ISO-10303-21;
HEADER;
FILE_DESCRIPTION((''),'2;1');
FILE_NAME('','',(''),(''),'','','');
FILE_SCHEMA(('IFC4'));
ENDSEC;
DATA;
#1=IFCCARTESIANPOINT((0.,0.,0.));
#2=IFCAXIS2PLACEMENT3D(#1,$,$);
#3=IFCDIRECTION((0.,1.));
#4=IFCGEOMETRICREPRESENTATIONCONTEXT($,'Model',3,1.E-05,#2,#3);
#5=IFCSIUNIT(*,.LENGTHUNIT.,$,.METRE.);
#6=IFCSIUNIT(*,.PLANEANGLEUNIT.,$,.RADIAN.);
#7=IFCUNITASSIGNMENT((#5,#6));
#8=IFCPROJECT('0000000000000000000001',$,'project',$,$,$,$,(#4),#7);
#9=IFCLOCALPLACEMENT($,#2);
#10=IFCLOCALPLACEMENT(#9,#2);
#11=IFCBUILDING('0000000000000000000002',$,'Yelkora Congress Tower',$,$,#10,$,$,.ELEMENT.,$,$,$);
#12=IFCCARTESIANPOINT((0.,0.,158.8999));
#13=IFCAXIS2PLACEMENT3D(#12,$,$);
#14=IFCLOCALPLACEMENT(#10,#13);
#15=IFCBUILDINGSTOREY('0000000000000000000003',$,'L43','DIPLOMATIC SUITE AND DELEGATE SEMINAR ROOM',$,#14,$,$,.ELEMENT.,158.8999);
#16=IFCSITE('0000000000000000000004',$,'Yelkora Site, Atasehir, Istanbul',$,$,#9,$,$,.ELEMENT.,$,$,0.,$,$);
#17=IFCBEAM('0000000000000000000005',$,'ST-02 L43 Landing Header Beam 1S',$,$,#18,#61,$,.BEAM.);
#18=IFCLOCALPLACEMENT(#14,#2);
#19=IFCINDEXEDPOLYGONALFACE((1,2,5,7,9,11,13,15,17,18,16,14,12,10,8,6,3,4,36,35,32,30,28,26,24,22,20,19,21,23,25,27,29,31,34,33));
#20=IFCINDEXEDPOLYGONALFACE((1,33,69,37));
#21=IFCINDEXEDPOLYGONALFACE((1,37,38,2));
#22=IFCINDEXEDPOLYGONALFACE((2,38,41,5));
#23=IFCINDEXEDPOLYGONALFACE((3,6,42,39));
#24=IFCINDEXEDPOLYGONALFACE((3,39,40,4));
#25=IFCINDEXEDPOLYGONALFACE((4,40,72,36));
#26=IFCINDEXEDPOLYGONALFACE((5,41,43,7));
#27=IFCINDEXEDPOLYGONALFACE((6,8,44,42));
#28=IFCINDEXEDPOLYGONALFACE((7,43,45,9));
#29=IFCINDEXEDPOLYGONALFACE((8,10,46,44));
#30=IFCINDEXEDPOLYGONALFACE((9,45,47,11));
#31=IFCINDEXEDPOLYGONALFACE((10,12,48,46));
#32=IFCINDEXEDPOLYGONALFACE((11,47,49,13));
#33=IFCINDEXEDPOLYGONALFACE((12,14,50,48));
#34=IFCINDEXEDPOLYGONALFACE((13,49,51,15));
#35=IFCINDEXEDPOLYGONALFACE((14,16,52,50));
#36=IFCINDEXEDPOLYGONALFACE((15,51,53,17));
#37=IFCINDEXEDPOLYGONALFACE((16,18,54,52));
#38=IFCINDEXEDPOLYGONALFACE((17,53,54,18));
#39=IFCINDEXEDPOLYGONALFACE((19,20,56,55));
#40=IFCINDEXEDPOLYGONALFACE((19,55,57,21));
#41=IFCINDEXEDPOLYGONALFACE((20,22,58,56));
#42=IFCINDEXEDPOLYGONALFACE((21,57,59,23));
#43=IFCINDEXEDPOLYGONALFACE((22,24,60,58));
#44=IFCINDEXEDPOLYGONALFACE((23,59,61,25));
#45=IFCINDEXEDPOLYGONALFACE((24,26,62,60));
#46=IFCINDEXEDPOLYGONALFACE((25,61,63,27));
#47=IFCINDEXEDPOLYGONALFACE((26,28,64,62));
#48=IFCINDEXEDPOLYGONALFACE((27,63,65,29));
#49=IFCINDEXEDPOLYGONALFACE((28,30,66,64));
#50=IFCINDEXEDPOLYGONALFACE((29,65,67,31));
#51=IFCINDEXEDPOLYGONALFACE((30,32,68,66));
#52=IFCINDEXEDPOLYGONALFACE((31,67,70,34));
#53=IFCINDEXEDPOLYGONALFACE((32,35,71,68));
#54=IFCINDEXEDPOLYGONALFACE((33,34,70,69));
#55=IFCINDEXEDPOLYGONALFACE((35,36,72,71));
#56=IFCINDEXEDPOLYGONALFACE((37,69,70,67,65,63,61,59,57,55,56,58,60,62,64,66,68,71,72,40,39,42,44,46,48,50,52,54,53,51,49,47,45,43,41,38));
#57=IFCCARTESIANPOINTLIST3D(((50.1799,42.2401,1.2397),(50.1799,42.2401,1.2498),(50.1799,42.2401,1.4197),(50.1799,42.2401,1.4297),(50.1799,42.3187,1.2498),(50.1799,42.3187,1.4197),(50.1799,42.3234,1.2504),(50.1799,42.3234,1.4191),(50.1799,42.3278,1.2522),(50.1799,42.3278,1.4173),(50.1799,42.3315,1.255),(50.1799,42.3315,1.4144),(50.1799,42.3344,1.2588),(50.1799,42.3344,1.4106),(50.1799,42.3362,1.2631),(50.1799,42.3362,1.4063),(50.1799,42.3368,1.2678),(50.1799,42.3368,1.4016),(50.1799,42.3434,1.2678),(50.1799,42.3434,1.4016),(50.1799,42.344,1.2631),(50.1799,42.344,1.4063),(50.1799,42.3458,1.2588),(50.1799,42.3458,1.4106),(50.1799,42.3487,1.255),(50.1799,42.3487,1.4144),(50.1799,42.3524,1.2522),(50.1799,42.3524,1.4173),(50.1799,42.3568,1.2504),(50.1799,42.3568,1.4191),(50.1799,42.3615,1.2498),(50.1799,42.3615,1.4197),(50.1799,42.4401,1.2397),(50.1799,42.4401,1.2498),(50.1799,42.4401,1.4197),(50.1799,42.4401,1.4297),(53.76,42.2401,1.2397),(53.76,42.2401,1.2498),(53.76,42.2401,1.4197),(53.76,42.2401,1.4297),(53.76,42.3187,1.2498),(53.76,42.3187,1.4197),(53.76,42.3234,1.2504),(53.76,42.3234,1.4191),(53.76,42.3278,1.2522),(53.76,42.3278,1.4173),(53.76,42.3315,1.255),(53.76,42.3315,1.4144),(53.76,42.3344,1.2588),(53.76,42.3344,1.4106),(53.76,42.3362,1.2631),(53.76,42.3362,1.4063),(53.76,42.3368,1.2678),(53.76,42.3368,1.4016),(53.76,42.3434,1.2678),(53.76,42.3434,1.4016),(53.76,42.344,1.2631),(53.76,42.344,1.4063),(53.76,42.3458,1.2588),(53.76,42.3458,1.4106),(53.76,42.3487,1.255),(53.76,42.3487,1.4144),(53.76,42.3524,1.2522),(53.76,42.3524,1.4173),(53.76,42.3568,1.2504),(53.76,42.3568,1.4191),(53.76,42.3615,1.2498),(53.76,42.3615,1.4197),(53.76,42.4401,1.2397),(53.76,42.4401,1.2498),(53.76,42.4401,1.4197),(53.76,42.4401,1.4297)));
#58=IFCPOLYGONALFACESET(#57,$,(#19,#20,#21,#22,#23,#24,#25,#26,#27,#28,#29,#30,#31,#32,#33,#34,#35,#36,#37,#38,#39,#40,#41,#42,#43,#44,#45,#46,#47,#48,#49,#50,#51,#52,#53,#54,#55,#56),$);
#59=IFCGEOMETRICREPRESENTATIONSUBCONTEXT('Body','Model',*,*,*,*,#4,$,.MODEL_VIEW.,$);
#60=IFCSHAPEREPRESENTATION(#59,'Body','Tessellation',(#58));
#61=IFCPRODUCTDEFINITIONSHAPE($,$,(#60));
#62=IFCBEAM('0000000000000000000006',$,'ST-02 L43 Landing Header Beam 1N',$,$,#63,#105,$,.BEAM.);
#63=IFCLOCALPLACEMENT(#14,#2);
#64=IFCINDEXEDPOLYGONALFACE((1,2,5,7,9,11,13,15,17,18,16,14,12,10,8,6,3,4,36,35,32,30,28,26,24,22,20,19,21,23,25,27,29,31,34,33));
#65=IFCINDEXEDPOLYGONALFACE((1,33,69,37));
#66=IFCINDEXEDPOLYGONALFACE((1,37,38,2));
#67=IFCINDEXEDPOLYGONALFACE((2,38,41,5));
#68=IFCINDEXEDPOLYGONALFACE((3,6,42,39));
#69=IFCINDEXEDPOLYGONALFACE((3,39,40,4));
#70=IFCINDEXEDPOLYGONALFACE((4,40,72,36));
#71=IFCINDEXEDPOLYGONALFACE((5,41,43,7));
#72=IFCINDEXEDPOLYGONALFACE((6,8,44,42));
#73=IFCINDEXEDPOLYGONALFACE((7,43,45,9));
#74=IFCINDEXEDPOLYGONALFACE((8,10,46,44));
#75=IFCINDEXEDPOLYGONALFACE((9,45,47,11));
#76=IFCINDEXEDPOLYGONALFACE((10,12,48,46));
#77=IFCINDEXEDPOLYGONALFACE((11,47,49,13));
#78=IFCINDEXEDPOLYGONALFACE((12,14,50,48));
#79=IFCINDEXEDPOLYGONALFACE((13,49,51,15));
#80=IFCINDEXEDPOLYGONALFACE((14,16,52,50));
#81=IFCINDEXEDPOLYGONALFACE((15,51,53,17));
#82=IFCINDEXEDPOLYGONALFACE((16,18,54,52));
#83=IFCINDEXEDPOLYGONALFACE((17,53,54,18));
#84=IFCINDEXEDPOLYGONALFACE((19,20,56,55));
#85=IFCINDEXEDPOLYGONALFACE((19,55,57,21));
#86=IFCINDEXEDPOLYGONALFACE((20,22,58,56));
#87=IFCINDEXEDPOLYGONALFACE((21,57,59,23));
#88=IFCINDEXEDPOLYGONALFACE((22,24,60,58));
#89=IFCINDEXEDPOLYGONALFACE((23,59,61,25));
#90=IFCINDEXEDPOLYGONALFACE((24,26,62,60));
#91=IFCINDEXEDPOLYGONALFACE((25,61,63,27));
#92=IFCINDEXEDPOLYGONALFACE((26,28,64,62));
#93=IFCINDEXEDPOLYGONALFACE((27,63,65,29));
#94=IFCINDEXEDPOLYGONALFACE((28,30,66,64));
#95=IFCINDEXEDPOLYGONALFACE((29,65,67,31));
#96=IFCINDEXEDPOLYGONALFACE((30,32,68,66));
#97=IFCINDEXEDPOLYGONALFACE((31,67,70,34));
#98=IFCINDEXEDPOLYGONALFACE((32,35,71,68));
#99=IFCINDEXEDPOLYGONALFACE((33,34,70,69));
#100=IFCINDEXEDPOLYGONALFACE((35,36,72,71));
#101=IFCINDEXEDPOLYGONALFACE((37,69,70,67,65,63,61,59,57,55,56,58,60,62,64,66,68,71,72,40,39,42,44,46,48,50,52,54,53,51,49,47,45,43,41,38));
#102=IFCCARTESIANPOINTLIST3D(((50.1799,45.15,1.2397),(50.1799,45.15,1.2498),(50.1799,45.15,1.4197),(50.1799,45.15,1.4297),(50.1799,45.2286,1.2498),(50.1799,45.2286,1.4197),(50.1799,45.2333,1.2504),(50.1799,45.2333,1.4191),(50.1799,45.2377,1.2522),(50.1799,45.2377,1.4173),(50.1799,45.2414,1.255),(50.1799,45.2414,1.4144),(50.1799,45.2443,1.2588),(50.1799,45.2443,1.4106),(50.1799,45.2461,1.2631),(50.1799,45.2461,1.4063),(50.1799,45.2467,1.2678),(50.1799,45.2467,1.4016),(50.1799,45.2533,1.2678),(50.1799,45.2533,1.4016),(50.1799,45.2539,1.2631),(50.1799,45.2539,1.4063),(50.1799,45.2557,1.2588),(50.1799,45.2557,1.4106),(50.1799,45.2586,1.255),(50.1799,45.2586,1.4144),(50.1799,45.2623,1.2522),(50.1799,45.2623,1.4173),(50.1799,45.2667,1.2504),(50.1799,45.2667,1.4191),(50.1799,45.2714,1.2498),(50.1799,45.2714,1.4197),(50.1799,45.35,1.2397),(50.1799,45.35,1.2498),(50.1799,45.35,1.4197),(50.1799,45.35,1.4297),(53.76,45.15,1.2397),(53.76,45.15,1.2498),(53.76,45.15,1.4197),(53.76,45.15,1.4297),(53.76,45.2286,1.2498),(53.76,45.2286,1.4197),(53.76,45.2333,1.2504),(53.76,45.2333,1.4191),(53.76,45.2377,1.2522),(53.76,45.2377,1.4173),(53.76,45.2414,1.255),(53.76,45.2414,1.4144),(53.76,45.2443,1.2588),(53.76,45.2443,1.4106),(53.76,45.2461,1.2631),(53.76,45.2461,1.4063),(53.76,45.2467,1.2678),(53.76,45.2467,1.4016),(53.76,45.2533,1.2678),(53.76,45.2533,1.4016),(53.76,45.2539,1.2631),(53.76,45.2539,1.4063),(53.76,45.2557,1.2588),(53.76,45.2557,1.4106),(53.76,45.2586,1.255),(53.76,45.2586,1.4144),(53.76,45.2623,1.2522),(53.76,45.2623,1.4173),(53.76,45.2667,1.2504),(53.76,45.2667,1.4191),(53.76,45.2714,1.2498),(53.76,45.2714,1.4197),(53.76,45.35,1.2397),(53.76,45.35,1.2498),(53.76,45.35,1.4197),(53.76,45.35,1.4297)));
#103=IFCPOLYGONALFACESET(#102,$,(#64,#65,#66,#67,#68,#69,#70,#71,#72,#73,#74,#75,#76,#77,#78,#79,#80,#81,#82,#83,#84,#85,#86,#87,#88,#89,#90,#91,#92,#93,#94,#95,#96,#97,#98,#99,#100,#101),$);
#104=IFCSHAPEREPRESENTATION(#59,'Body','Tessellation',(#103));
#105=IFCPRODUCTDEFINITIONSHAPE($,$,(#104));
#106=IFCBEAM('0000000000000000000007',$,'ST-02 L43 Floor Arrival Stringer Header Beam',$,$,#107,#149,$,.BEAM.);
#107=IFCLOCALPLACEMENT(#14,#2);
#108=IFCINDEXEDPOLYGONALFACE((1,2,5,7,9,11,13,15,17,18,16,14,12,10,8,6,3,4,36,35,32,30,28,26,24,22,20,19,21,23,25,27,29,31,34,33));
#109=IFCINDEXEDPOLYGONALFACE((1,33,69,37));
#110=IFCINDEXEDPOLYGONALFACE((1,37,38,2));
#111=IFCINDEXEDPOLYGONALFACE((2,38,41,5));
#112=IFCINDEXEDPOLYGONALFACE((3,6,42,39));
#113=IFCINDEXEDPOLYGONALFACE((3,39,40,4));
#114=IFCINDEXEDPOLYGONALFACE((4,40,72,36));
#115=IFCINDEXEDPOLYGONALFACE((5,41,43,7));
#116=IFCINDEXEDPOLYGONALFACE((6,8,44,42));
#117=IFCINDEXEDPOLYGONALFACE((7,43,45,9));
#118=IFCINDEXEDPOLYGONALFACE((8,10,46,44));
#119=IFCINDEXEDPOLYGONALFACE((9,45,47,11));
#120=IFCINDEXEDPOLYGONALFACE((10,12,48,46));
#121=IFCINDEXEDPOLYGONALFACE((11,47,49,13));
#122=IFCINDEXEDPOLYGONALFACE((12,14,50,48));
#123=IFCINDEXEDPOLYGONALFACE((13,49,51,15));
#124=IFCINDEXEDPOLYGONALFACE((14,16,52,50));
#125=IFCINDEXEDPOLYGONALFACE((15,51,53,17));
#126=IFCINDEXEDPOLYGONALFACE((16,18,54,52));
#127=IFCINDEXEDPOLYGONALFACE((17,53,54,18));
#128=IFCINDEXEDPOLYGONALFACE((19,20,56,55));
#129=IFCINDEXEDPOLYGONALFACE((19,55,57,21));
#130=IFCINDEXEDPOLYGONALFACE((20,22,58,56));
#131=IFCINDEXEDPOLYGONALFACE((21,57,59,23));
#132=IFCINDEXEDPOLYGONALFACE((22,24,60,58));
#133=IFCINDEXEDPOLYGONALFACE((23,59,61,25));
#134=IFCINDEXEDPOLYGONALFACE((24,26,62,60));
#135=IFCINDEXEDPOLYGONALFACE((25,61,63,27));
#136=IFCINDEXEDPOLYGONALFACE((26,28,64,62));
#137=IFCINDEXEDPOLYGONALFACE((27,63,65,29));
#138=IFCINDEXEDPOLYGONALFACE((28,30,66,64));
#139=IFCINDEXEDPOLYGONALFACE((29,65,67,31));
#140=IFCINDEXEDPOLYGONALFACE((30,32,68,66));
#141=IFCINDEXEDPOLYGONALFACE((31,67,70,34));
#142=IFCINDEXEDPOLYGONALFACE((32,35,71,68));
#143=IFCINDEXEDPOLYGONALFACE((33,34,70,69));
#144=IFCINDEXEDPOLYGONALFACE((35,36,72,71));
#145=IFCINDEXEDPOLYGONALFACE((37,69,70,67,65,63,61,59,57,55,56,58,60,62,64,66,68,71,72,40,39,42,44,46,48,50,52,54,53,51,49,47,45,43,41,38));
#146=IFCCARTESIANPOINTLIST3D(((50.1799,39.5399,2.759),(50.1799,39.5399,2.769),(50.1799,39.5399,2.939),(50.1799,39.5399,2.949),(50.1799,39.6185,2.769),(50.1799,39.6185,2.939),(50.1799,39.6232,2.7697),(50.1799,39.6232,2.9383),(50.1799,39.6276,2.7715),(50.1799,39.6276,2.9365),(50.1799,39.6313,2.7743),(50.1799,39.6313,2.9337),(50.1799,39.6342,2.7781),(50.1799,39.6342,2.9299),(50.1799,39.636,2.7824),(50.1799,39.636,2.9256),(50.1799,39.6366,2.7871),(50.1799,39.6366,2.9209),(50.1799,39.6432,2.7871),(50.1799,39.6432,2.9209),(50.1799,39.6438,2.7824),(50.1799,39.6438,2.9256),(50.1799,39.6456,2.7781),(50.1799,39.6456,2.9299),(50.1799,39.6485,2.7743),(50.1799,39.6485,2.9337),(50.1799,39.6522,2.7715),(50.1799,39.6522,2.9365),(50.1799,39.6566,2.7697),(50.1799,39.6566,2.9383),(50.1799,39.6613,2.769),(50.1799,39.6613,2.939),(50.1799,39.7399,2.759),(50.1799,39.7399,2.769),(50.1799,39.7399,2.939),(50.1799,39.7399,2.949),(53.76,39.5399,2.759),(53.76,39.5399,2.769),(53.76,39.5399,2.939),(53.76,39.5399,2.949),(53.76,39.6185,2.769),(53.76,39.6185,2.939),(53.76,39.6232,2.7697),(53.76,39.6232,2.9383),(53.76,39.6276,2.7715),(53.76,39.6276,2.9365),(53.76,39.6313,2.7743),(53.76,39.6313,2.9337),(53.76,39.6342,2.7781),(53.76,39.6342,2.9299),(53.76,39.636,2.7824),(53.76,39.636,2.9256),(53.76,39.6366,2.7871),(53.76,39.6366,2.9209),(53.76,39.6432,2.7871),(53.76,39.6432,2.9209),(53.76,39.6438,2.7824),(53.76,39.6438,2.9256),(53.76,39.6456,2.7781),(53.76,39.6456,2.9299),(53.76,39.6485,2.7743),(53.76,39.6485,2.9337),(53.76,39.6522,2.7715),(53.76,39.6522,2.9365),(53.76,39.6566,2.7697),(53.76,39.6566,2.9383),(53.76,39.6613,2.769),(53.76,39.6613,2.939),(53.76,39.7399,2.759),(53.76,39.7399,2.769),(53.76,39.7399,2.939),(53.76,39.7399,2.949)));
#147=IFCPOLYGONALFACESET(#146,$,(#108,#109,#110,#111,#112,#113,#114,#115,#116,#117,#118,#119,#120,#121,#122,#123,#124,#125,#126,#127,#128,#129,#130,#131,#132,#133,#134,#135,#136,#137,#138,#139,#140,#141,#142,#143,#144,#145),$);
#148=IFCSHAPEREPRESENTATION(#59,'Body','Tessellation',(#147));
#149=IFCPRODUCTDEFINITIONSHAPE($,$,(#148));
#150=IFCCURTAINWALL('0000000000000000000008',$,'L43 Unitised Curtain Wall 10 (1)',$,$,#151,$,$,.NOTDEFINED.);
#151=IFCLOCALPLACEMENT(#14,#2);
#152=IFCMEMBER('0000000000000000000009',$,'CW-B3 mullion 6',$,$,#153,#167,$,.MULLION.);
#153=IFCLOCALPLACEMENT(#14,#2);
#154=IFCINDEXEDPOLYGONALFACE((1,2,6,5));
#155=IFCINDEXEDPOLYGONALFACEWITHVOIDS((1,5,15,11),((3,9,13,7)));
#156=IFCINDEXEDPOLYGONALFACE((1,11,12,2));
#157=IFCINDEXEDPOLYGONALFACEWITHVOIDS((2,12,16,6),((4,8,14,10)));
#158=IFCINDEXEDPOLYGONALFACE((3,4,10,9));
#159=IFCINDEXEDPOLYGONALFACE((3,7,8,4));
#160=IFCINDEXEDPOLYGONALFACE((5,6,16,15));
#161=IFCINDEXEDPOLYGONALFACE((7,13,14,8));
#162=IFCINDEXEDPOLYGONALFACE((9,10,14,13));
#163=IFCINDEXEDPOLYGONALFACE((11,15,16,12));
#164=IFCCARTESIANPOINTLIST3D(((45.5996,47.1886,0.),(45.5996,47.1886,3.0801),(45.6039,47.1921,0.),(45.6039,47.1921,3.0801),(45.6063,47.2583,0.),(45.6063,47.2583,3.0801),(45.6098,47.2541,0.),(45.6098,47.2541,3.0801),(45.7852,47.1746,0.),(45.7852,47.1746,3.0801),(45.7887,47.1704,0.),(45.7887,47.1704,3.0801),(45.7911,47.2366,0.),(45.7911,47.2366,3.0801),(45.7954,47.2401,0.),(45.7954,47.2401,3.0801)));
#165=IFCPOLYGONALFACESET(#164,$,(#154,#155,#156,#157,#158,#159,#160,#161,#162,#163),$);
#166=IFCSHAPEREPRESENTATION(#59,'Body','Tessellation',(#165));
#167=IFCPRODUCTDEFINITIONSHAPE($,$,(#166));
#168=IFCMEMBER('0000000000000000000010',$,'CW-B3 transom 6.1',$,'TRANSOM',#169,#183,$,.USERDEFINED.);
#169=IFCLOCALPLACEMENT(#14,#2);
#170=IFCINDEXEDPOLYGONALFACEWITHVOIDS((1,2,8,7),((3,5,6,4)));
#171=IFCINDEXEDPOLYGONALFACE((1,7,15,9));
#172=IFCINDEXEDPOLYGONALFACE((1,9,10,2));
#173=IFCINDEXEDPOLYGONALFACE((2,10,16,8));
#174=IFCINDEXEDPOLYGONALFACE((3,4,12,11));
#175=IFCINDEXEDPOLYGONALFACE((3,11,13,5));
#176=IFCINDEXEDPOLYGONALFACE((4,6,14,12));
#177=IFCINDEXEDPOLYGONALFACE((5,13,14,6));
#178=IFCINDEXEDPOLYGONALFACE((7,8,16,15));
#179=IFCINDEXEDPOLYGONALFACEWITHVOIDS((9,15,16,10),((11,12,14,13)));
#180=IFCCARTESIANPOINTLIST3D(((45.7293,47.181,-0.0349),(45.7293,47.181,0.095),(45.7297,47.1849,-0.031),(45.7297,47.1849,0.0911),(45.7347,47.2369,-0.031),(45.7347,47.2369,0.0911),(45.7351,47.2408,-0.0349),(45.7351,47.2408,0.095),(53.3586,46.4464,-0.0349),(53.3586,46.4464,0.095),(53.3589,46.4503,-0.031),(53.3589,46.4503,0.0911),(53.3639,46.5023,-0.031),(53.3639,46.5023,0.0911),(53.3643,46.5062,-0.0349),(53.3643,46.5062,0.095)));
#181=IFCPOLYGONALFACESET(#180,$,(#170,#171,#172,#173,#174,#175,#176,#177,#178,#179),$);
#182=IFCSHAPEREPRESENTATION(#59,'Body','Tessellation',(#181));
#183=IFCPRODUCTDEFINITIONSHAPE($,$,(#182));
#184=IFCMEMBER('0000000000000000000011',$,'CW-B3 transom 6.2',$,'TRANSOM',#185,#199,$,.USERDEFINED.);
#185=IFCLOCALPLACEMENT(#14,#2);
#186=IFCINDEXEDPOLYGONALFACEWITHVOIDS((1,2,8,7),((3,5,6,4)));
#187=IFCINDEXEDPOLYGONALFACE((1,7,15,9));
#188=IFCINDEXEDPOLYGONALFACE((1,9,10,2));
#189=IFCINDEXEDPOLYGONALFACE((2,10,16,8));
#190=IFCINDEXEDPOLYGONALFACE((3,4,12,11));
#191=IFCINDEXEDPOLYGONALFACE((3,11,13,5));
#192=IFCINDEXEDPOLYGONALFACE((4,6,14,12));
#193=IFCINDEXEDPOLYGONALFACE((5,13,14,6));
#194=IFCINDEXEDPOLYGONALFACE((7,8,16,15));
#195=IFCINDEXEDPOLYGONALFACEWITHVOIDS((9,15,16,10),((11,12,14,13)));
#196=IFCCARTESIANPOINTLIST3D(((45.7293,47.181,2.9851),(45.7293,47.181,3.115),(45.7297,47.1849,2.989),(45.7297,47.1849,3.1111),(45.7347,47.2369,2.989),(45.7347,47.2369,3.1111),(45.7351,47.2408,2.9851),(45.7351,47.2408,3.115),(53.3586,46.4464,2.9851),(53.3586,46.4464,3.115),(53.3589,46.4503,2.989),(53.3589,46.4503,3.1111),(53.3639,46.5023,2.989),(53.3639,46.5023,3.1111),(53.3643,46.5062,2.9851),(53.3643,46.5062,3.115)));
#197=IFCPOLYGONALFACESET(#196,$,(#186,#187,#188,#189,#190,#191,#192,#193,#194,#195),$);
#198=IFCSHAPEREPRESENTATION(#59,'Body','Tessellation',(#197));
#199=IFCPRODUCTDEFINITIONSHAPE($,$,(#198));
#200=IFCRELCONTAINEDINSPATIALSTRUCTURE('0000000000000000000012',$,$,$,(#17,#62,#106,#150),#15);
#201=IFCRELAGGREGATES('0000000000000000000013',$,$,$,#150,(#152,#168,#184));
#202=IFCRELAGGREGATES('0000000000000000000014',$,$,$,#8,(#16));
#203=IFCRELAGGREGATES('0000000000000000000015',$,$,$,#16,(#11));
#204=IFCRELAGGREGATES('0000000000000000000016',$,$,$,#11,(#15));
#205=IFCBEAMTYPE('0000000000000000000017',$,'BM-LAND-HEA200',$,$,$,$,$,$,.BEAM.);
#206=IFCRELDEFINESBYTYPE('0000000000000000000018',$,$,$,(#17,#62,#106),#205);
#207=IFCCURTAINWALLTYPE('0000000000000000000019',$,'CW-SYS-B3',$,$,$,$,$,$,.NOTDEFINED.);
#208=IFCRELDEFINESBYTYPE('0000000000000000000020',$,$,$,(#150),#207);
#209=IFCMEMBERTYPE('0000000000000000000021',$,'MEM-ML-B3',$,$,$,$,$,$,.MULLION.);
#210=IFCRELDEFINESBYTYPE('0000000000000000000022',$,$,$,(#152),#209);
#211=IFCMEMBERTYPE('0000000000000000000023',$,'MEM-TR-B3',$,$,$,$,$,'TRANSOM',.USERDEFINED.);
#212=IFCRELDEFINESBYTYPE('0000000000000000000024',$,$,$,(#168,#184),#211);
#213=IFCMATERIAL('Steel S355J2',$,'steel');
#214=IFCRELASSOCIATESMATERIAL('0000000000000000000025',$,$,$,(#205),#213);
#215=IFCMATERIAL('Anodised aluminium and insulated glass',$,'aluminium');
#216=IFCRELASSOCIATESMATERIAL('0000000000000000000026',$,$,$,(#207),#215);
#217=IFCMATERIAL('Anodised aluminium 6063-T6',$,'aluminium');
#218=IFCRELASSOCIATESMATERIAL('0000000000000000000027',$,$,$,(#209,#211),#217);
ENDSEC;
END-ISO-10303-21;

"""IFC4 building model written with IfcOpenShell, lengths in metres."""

from ifc_helpers import new_model, si_unit, direction, frame, origin, origin_2d, place, context, subcontext, project, spatial, hollow_rectangle, i_section, extrude, material, material_profile, profile_set, type_object, element, aggregate, save


model = new_model("IFC4")

# Units and contexts
model_context = context("Model", 3, precision=1e-05, world=origin(), true_north=direction((0.0, 1.0)))
body_context = subcontext(model_context, "Body", "Model", "MODEL_VIEW")
ifc_project = project(units=[si_unit("LENGTHUNIT", "METRE"), si_unit("PLANEANGLEUNIT", "RADIAN")], contexts=[model_context])

# Site, building, storey
site_placement = place(None, origin())
site = spatial("IfcSite", under=ifc_project, at=site_placement, Name="Yelkora Site, Atasehir, Istanbul", CompositionType="ELEMENT", RefElevation=0.0)
building_placement = place(site_placement, origin())
building = spatial("IfcBuilding", under=site, at=building_placement, Name="Yelkora Congress Tower", CompositionType="ELEMENT")
storey_placement = place(building_placement, frame((0.0, 0.0, 158.8999)))
storey = spatial("IfcBuildingStorey", under=building, at=storey_placement, Name="L43", Description="DIPLOMATIC SUITE AND DELEGATE SEMINAR ROOM", CompositionType="ELEMENT", Elevation=158.8999)

# Beams
ifc_material_1 = material(Name="Steel S355J2", Category="steel")
ifc_material_profile_1 = material_profile(ifc_material_1, i_section(OverallWidth=0.2, OverallDepth=0.1899, WebThickness=0.0066, FlangeThickness=0.01, FilletRadius=0.0181, at=origin_2d()), Name="HEA 200")
ifc_profile_set_1 = profile_set([ifc_material_profile_1], Name="Steel S355J2")
beam_type_1 = type_object("IfcBeamType", Name="BM-LAND-HEA200", PredefinedType="BEAM", material=ifc_profile_set_1)
for number, where, z_axis, x_axis, name in (
    (1, (50.1799, 42.3401, 1.3347), (1.0, 0.0, 0.0), (0.0, 1.0, 0.0), "ST-02 L43 Landing Header Beam 1S"),
    (2, (50.1799, 45.25, 1.3347), (1.0, 0.0, 0.0), (0.0, 1.0, 0.0), "ST-02 L43 Landing Header Beam 1N"),
    (3, (50.1799, 39.6399, 2.854), (1.0, 0.0, 0.0), (0.0, 1.0, 0.0), "ST-02 L43 Floor Arrival Stringer Header Beam"),
):
    element("IfcBeam", number, at=place(storey_placement, frame(where, z_axis=z_axis, x_axis=x_axis)), inside=storey, type_object=beam_type_1, Name=name, PredefinedType="BEAM", context=body_context, shape_type="SweptSolid", body=[
        extrude(i_section(OverallWidth=0.2, OverallDepth=0.1899, WebThickness=0.0066, FlangeThickness=0.01, FilletRadius=0.0181, at=origin_2d()), origin(), (0.0, 0.0, 1.0), 3.5801),
    ])

# Curtain wall, members
ifc_material_2 = material(Name="Anodised aluminium and insulated glass", Category="aluminium")
curtain_wall_type = type_object("IfcCurtainWallType", Name="CW-SYS-B3", PredefinedType="NOTDEFINED", material=ifc_material_2)
curtain_wall_placement = place(storey_placement, origin())
curtain_wall = element("IfcCurtainWall", 4, at=curtain_wall_placement, inside=storey, type_object=curtain_wall_type, Name="L43 Unitised Curtain Wall 10 (1)", PredefinedType="NOTDEFINED")
ifc_material_3 = material(Name="Anodised aluminium 6063-T6", Category="aluminium")
ifc_material_profile_2 = material_profile(ifc_material_3, hollow_rectangle(XDim=0.0701, YDim=0.1899, WallThickness=0.0039, at=origin_2d()), Name="ALU 70x190x4")
ifc_profile_set_2 = profile_set([ifc_material_profile_2], Name="Anodised aluminium 6063-T6")
member_type_1 = type_object("IfcMemberType", Name="MEM-ML-B3", PredefinedType="MULLION", material=ifc_profile_set_2)
member_1_placement = place(storey_placement, frame((45.6975, 47.2144, 0.0), z_axis=(0.0, 0.0, 1.0), x_axis=(0.095845, 0.995396, 0.0)))
member_1 = element("IfcMember", 5, at=member_1_placement, type_object=member_type_1, Name="CW-B3 mullion 6", PredefinedType="MULLION", context=body_context, shape_type="SweptSolid", body=[
    extrude(hollow_rectangle(XDim=0.0701, YDim=0.1899, WallThickness=0.0039, at=origin_2d()), origin(), (0.0, 0.0, 1.0), 3.0801),
])
ifc_material_profile_3 = material_profile(ifc_material_3, hollow_rectangle(XDim=0.0601, YDim=0.1299, WallThickness=0.0039, at=origin_2d()), Name="ALU 60x130x4")
ifc_profile_set_3 = profile_set([ifc_material_profile_3], Name="Anodised aluminium 6063-T6")
member_type_2 = type_object("IfcMemberType", Name="MEM-TR-B3", ElementType="TRANSOM", PredefinedType="USERDEFINED", material=ifc_profile_set_3)
member_2_placement = place(storey_placement, frame((45.7322, 47.2109, 0.03), z_axis=(0.995396, -0.095848, 0.0), x_axis=(0.095848, 0.995396, 0.0)))
member_2 = element("IfcMember", 6, at=member_2_placement, type_object=member_type_2, Name="CW-B3 transom 6.1", ObjectType="TRANSOM", PredefinedType="USERDEFINED", context=body_context, shape_type="SweptSolid", body=[
    extrude(hollow_rectangle(XDim=0.0601, YDim=0.1299, WallThickness=0.0039, at=origin_2d()), origin(), (0.0, 0.0, 1.0), 7.6646),
])
member_3_placement = place(storey_placement, frame((45.7322, 47.2109, 3.05), z_axis=(0.995396, -0.095848, 0.0), x_axis=(0.095848, 0.995396, 0.0)))
member_3 = element("IfcMember", 7, at=member_3_placement, type_object=member_type_2, Name="CW-B3 transom 6.2", ObjectType="TRANSOM", PredefinedType="USERDEFINED", context=body_context, shape_type="SweptSolid", body=[
    extrude(hollow_rectangle(XDim=0.0601, YDim=0.1299, WallThickness=0.0039, at=origin_2d()), origin(), (0.0, 0.0, 1.0), 7.6646),
])
aggregate(curtain_wall, [member_1, member_2, member_3])

save(model, "model.ifc")
